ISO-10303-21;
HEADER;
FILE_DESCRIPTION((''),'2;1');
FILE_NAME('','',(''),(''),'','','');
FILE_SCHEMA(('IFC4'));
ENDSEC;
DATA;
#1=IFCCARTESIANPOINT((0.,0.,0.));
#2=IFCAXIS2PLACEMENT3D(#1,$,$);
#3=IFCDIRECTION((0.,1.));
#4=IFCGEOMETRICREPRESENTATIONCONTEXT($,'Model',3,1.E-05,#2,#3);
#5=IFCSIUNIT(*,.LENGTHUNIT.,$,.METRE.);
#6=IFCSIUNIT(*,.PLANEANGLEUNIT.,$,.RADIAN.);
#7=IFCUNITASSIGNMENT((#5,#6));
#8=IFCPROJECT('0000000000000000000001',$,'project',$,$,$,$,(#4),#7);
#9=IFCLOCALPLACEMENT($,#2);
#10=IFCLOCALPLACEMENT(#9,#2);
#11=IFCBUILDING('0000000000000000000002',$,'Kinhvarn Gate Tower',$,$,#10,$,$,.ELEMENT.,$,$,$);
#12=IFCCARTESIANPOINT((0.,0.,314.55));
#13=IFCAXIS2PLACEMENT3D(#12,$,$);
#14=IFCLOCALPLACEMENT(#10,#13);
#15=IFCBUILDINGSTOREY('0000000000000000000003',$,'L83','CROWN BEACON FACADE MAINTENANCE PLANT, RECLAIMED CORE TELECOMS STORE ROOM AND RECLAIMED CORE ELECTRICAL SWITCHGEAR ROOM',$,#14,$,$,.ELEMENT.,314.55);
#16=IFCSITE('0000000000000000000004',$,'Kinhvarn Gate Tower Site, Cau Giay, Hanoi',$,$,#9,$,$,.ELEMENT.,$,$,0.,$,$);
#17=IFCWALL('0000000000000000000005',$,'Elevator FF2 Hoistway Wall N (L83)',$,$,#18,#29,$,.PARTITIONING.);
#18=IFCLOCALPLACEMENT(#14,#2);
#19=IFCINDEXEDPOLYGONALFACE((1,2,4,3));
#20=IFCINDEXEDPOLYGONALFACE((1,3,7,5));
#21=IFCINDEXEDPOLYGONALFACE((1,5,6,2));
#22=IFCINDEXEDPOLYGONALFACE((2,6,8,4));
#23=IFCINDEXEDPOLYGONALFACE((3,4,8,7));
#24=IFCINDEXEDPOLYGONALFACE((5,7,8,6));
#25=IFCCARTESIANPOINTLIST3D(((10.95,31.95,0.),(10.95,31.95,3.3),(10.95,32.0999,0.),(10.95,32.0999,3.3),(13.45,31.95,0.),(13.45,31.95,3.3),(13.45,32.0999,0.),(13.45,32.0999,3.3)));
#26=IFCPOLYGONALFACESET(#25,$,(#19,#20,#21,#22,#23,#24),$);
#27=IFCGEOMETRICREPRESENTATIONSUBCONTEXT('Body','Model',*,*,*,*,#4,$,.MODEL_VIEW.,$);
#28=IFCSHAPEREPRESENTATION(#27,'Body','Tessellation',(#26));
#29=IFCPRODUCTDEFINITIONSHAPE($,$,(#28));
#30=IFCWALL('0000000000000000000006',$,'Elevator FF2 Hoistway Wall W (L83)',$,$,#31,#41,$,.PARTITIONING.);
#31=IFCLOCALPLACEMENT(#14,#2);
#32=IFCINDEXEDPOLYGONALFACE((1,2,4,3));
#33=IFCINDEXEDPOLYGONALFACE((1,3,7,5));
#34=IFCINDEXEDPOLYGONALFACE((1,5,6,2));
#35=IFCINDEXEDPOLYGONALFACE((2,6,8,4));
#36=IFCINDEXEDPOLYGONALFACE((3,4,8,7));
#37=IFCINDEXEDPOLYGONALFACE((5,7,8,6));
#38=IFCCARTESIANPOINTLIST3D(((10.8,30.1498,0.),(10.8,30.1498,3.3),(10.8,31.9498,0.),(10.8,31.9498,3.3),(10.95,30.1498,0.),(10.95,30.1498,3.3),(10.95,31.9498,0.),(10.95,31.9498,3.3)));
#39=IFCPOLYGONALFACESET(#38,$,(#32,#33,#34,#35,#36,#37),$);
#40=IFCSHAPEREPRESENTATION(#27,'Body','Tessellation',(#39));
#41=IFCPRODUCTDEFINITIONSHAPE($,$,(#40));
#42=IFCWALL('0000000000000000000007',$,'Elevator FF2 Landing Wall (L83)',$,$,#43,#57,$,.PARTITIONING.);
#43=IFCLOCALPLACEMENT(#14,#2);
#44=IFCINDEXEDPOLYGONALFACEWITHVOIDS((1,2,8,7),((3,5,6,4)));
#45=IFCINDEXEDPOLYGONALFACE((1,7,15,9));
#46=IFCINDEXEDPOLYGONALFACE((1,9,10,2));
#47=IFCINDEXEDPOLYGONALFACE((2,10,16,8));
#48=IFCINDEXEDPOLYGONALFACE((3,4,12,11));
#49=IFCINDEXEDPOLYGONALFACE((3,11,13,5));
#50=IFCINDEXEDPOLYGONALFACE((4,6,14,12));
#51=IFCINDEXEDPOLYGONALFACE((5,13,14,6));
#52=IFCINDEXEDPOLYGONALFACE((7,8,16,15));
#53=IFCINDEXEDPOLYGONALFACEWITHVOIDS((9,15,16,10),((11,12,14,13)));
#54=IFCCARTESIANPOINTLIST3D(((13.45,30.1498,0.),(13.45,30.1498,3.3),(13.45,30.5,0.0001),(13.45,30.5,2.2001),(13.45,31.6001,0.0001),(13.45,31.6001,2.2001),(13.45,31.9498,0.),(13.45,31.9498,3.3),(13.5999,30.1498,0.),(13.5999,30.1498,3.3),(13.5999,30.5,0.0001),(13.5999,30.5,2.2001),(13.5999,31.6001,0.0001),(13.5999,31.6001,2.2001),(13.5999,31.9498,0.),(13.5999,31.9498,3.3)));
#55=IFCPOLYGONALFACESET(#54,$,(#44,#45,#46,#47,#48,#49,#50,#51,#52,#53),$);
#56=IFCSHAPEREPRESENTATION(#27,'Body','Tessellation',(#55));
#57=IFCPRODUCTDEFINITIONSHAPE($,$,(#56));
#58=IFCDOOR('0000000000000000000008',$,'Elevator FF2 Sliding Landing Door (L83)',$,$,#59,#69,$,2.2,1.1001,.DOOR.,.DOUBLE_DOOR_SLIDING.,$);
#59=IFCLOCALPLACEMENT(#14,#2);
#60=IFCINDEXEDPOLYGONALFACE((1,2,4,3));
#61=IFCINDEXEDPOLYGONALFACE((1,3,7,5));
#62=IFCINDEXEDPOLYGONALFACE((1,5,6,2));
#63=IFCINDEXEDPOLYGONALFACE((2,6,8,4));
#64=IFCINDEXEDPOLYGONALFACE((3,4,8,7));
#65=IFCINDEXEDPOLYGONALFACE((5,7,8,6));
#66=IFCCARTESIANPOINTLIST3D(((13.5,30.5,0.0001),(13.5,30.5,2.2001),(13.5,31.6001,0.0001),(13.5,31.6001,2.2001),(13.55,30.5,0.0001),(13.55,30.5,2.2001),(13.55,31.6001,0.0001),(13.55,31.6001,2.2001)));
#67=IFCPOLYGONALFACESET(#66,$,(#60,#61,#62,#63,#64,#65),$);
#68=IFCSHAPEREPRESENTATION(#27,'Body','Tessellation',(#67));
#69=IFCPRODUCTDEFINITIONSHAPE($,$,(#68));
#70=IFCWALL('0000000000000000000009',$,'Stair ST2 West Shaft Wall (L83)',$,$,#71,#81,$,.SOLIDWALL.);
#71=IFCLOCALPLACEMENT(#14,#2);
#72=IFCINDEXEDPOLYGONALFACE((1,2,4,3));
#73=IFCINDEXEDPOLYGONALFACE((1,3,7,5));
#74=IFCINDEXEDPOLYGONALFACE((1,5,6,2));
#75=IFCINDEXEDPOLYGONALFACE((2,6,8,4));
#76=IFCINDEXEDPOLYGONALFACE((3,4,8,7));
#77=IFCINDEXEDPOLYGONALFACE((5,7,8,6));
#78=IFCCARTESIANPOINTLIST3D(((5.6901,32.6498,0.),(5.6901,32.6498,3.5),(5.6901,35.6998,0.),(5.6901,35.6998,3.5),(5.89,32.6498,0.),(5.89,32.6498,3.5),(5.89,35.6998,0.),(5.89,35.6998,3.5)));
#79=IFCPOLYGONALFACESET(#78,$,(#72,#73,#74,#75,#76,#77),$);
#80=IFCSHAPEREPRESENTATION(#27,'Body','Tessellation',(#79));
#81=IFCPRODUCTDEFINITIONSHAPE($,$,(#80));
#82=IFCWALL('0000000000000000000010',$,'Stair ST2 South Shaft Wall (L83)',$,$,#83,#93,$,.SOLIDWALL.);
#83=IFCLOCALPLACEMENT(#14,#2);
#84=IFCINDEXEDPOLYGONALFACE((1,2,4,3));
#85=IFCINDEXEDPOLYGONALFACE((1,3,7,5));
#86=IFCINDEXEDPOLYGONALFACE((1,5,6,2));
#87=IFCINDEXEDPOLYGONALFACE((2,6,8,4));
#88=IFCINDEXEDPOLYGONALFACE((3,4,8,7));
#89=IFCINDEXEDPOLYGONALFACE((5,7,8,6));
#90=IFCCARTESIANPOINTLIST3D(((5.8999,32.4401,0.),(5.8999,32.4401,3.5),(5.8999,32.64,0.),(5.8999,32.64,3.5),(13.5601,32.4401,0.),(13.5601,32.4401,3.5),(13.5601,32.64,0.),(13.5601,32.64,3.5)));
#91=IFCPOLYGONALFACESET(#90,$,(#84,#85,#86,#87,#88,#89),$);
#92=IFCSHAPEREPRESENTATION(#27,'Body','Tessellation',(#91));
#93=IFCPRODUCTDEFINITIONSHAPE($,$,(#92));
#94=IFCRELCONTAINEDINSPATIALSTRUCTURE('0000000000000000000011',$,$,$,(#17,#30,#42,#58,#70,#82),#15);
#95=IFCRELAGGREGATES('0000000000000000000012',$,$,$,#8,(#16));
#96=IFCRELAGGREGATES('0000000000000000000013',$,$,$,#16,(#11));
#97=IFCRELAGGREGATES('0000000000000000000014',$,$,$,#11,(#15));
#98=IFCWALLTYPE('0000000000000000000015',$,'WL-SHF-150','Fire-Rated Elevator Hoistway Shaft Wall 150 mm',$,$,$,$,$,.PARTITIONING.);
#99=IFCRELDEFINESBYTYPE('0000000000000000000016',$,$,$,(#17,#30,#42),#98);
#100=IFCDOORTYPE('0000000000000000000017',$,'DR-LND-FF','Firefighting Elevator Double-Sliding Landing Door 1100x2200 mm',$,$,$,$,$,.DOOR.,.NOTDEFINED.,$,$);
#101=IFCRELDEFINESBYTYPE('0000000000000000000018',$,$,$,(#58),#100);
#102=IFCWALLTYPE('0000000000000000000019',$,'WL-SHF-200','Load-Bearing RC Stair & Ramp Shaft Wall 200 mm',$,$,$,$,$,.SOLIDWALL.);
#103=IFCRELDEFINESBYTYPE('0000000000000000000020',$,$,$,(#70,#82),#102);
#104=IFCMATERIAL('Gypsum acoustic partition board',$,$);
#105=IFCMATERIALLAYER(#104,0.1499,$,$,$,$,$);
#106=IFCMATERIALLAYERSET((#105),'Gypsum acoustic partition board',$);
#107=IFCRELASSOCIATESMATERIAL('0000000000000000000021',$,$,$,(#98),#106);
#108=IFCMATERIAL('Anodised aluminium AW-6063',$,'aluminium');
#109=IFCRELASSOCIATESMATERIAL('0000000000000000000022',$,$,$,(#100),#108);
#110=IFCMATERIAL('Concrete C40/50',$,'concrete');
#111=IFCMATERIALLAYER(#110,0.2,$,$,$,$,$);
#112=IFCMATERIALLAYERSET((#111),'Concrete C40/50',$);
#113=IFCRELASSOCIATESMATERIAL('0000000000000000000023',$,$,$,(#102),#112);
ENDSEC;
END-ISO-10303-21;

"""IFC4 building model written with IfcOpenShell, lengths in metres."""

from ifc_helpers import new_model, si_unit, direction, frame, frame_2d, origin, place, context, subcontext, project, spatial, rectangle, extrude, material, layer, layer_set, type_object, element, fill, save


model = new_model("IFC4")

# Units and contexts
model_context = context("Model", 3, precision=1e-05, world=origin(), true_north=direction((0.0, 1.0)))
body_context = subcontext(model_context, "Body", "Model", "MODEL_VIEW")
ifc_project = project(units=[si_unit("LENGTHUNIT", "METRE"), si_unit("PLANEANGLEUNIT", "RADIAN")], contexts=[model_context])

# Site, building, storey
site_placement = place(None, origin())
site = spatial("IfcSite", under=ifc_project, at=site_placement, Name="Kinhvarn Gate Tower Site, Cau Giay, Hanoi", CompositionType="ELEMENT", RefElevation=0.0)
building_placement = place(site_placement, origin())
building = spatial("IfcBuilding", under=site, at=building_placement, Name="Kinhvarn Gate Tower", CompositionType="ELEMENT")
storey_placement = place(building_placement, frame((0.0, 0.0, 314.55)))
storey = spatial("IfcBuildingStorey", under=building, at=storey_placement, Name="L83", Description="CROWN BEACON FACADE MAINTENANCE PLANT, RECLAIMED CORE TELECOMS STORE ROOM AND RECLAIMED CORE ELECTRICAL SWITCHGEAR ROOM", CompositionType="ELEMENT", Elevation=314.55)

# Shared definitions
ifc_material_1 = material(Name="Gypsum acoustic partition board")

# Shared definitions
ifc_material_2 = material(Name="Anodised aluminium AW-6063", Category="aluminium")

# Walls
ifc_layer_1 = layer(ifc_material_1, 0.1499)
ifc_layer_set_1 = layer_set([ifc_layer_1], Name="Gypsum acoustic partition board")
wall_type_1 = type_object("IfcWallType", Name="WL-SHF-150", Description="Fire-Rated Elevator Hoistway Shaft Wall 150 mm", PredefinedType="PARTITIONING", material=ifc_layer_set_1)
wall_1_placement = place(storey_placement, frame((10.95, 32.0249, 0.0), z_axis=(0.0, 0.0, 1.0), x_axis=(1.0, 0.0, 0.0)))
element("IfcWall", 1, at=wall_1_placement, inside=storey, type_object=wall_type_1, Name="Elevator FF2 Hoistway Wall N (L83)", PredefinedType="PARTITIONING", context=body_context, shape_type="SweptSolid", body=[
    extrude(rectangle(XDim=2.5, YDim=0.1499, at=frame_2d((1.25, 0.0))), origin(), (0.0, 0.0, 1.0), 3.3),
])
wall_2_placement = place(storey_placement, frame((10.875, 30.1499, 0.0), z_axis=(0.0, 0.0, 1.0), x_axis=(0.0, 1.0, 0.0)))
element("IfcWall", 2, at=wall_2_placement, inside=storey, type_object=wall_type_1, Name="Elevator FF2 Hoistway Wall W (L83)", PredefinedType="PARTITIONING", context=body_context, shape_type="SweptSolid", body=[
    extrude(rectangle(XDim=1.8, YDim=0.1499, at=frame_2d((0.8999, 0.0))), origin(), (0.0, 0.0, 1.0), 3.3),
])

# Wall, opening, door
wall_3_placement = place(storey_placement, frame((13.5249, 30.1499, 0.0), z_axis=(0.0, 0.0, 1.0), x_axis=(0.0, 1.0, 0.0)))
wall_3 = element("IfcWall", 3, at=wall_3_placement, inside=storey, type_object=wall_type_1, Name="Elevator FF2 Landing Wall (L83)", PredefinedType="PARTITIONING", context=body_context, shape_type="SweptSolid", body=[
    extrude(rectangle(XDim=1.8, YDim=0.1499, at=frame_2d((0.8999, 0.0))), origin(), (0.0, 0.0, 1.0), 3.3),
])
opening_1_placement = place(wall_3_placement, frame((0.3501, 0.0, 0.0)))
opening_1 = element("IfcOpeningElement", 4, at=opening_1_placement, cuts=wall_3, PredefinedType="OPENING", context=body_context, shape_type="SweptSolid", body=[
    extrude(rectangle(XDim=1.1001, YDim=2.2, at=frame_2d((0.55, 1.1001))), frame((0.0, 0.085, 0.0), z_axis=(0.0, -1.0, 0.0), x_axis=(1.0, 0.0, 0.0)), (0.0, 0.0, 1.0), 0.1699),
])
door_type_1 = type_object("IfcDoorType", Name="DR-LND-FF", Description="Firefighting Elevator Double-Sliding Landing Door 1100x2200 mm", OperationType="NOTDEFINED", PredefinedType="DOOR", material=ifc_material_2)
door_1_placement = place(opening_1_placement, origin())
door_1 = element("IfcDoor", 5, at=door_1_placement, inside=storey, type_object=door_type_1, Name="Elevator FF2 Sliding Landing Door (L83)", OperationType="DOUBLE_DOOR_SLIDING", OverallHeight=2.2, OverallWidth=1.1001, PredefinedType="DOOR", context=body_context, shape_type="SweptSolid", body=[
    extrude(rectangle(XDim=1.1001, YDim=2.2, at=frame_2d((0.55, 1.1001))), frame((0.0, 0.0249, 0.0), z_axis=(0.0, -1.0, 0.0), x_axis=(1.0, 0.0, 0.0)), (0.0, 0.0, 1.0), 0.05),
])
fill(opening_1, door_1)

# Walls
ifc_material_3 = material(Name="Concrete C40/50", Category="concrete")
ifc_layer_2 = layer(ifc_material_3, 0.2)
ifc_layer_set_2 = layer_set([ifc_layer_2], Name="Concrete C40/50")
wall_type_2 = type_object("IfcWallType", Name="WL-SHF-200", Description="Load-Bearing RC Stair & Ramp Shaft Wall 200 mm", PredefinedType="SOLIDWALL", material=ifc_layer_set_2)
wall_4_placement = place(storey_placement, frame((5.79, 32.6499, 0.0), z_axis=(0.0, 0.0, 1.0), x_axis=(0.0, 1.0, 0.0)))
element("IfcWall", 6, at=wall_4_placement, inside=storey, type_object=wall_type_2, Name="Stair ST2 West Shaft Wall (L83)", PredefinedType="SOLIDWALL", context=body_context, shape_type="SweptSolid", body=[
    extrude(rectangle(XDim=3.05, YDim=0.2, at=frame_2d((1.5249, 0.0))), origin(), (0.0, 0.0, 1.0), 3.5),
])
wall_5_placement = place(storey_placement, frame((5.8999, 32.54, 0.0), z_axis=(0.0, 0.0, 1.0), x_axis=(1.0, 0.0, 0.0)))
element("IfcWall", 7, at=wall_5_placement, inside=storey, type_object=wall_type_2, Name="Stair ST2 South Shaft Wall (L83)", PredefinedType="SOLIDWALL", context=body_context, shape_type="SweptSolid", body=[
    extrude(rectangle(XDim=7.6602, YDim=0.2, at=frame_2d((3.8301, 0.0))), origin(), (0.0, 0.0, 1.0), 3.5),
])

save(model, "model.ifc")
